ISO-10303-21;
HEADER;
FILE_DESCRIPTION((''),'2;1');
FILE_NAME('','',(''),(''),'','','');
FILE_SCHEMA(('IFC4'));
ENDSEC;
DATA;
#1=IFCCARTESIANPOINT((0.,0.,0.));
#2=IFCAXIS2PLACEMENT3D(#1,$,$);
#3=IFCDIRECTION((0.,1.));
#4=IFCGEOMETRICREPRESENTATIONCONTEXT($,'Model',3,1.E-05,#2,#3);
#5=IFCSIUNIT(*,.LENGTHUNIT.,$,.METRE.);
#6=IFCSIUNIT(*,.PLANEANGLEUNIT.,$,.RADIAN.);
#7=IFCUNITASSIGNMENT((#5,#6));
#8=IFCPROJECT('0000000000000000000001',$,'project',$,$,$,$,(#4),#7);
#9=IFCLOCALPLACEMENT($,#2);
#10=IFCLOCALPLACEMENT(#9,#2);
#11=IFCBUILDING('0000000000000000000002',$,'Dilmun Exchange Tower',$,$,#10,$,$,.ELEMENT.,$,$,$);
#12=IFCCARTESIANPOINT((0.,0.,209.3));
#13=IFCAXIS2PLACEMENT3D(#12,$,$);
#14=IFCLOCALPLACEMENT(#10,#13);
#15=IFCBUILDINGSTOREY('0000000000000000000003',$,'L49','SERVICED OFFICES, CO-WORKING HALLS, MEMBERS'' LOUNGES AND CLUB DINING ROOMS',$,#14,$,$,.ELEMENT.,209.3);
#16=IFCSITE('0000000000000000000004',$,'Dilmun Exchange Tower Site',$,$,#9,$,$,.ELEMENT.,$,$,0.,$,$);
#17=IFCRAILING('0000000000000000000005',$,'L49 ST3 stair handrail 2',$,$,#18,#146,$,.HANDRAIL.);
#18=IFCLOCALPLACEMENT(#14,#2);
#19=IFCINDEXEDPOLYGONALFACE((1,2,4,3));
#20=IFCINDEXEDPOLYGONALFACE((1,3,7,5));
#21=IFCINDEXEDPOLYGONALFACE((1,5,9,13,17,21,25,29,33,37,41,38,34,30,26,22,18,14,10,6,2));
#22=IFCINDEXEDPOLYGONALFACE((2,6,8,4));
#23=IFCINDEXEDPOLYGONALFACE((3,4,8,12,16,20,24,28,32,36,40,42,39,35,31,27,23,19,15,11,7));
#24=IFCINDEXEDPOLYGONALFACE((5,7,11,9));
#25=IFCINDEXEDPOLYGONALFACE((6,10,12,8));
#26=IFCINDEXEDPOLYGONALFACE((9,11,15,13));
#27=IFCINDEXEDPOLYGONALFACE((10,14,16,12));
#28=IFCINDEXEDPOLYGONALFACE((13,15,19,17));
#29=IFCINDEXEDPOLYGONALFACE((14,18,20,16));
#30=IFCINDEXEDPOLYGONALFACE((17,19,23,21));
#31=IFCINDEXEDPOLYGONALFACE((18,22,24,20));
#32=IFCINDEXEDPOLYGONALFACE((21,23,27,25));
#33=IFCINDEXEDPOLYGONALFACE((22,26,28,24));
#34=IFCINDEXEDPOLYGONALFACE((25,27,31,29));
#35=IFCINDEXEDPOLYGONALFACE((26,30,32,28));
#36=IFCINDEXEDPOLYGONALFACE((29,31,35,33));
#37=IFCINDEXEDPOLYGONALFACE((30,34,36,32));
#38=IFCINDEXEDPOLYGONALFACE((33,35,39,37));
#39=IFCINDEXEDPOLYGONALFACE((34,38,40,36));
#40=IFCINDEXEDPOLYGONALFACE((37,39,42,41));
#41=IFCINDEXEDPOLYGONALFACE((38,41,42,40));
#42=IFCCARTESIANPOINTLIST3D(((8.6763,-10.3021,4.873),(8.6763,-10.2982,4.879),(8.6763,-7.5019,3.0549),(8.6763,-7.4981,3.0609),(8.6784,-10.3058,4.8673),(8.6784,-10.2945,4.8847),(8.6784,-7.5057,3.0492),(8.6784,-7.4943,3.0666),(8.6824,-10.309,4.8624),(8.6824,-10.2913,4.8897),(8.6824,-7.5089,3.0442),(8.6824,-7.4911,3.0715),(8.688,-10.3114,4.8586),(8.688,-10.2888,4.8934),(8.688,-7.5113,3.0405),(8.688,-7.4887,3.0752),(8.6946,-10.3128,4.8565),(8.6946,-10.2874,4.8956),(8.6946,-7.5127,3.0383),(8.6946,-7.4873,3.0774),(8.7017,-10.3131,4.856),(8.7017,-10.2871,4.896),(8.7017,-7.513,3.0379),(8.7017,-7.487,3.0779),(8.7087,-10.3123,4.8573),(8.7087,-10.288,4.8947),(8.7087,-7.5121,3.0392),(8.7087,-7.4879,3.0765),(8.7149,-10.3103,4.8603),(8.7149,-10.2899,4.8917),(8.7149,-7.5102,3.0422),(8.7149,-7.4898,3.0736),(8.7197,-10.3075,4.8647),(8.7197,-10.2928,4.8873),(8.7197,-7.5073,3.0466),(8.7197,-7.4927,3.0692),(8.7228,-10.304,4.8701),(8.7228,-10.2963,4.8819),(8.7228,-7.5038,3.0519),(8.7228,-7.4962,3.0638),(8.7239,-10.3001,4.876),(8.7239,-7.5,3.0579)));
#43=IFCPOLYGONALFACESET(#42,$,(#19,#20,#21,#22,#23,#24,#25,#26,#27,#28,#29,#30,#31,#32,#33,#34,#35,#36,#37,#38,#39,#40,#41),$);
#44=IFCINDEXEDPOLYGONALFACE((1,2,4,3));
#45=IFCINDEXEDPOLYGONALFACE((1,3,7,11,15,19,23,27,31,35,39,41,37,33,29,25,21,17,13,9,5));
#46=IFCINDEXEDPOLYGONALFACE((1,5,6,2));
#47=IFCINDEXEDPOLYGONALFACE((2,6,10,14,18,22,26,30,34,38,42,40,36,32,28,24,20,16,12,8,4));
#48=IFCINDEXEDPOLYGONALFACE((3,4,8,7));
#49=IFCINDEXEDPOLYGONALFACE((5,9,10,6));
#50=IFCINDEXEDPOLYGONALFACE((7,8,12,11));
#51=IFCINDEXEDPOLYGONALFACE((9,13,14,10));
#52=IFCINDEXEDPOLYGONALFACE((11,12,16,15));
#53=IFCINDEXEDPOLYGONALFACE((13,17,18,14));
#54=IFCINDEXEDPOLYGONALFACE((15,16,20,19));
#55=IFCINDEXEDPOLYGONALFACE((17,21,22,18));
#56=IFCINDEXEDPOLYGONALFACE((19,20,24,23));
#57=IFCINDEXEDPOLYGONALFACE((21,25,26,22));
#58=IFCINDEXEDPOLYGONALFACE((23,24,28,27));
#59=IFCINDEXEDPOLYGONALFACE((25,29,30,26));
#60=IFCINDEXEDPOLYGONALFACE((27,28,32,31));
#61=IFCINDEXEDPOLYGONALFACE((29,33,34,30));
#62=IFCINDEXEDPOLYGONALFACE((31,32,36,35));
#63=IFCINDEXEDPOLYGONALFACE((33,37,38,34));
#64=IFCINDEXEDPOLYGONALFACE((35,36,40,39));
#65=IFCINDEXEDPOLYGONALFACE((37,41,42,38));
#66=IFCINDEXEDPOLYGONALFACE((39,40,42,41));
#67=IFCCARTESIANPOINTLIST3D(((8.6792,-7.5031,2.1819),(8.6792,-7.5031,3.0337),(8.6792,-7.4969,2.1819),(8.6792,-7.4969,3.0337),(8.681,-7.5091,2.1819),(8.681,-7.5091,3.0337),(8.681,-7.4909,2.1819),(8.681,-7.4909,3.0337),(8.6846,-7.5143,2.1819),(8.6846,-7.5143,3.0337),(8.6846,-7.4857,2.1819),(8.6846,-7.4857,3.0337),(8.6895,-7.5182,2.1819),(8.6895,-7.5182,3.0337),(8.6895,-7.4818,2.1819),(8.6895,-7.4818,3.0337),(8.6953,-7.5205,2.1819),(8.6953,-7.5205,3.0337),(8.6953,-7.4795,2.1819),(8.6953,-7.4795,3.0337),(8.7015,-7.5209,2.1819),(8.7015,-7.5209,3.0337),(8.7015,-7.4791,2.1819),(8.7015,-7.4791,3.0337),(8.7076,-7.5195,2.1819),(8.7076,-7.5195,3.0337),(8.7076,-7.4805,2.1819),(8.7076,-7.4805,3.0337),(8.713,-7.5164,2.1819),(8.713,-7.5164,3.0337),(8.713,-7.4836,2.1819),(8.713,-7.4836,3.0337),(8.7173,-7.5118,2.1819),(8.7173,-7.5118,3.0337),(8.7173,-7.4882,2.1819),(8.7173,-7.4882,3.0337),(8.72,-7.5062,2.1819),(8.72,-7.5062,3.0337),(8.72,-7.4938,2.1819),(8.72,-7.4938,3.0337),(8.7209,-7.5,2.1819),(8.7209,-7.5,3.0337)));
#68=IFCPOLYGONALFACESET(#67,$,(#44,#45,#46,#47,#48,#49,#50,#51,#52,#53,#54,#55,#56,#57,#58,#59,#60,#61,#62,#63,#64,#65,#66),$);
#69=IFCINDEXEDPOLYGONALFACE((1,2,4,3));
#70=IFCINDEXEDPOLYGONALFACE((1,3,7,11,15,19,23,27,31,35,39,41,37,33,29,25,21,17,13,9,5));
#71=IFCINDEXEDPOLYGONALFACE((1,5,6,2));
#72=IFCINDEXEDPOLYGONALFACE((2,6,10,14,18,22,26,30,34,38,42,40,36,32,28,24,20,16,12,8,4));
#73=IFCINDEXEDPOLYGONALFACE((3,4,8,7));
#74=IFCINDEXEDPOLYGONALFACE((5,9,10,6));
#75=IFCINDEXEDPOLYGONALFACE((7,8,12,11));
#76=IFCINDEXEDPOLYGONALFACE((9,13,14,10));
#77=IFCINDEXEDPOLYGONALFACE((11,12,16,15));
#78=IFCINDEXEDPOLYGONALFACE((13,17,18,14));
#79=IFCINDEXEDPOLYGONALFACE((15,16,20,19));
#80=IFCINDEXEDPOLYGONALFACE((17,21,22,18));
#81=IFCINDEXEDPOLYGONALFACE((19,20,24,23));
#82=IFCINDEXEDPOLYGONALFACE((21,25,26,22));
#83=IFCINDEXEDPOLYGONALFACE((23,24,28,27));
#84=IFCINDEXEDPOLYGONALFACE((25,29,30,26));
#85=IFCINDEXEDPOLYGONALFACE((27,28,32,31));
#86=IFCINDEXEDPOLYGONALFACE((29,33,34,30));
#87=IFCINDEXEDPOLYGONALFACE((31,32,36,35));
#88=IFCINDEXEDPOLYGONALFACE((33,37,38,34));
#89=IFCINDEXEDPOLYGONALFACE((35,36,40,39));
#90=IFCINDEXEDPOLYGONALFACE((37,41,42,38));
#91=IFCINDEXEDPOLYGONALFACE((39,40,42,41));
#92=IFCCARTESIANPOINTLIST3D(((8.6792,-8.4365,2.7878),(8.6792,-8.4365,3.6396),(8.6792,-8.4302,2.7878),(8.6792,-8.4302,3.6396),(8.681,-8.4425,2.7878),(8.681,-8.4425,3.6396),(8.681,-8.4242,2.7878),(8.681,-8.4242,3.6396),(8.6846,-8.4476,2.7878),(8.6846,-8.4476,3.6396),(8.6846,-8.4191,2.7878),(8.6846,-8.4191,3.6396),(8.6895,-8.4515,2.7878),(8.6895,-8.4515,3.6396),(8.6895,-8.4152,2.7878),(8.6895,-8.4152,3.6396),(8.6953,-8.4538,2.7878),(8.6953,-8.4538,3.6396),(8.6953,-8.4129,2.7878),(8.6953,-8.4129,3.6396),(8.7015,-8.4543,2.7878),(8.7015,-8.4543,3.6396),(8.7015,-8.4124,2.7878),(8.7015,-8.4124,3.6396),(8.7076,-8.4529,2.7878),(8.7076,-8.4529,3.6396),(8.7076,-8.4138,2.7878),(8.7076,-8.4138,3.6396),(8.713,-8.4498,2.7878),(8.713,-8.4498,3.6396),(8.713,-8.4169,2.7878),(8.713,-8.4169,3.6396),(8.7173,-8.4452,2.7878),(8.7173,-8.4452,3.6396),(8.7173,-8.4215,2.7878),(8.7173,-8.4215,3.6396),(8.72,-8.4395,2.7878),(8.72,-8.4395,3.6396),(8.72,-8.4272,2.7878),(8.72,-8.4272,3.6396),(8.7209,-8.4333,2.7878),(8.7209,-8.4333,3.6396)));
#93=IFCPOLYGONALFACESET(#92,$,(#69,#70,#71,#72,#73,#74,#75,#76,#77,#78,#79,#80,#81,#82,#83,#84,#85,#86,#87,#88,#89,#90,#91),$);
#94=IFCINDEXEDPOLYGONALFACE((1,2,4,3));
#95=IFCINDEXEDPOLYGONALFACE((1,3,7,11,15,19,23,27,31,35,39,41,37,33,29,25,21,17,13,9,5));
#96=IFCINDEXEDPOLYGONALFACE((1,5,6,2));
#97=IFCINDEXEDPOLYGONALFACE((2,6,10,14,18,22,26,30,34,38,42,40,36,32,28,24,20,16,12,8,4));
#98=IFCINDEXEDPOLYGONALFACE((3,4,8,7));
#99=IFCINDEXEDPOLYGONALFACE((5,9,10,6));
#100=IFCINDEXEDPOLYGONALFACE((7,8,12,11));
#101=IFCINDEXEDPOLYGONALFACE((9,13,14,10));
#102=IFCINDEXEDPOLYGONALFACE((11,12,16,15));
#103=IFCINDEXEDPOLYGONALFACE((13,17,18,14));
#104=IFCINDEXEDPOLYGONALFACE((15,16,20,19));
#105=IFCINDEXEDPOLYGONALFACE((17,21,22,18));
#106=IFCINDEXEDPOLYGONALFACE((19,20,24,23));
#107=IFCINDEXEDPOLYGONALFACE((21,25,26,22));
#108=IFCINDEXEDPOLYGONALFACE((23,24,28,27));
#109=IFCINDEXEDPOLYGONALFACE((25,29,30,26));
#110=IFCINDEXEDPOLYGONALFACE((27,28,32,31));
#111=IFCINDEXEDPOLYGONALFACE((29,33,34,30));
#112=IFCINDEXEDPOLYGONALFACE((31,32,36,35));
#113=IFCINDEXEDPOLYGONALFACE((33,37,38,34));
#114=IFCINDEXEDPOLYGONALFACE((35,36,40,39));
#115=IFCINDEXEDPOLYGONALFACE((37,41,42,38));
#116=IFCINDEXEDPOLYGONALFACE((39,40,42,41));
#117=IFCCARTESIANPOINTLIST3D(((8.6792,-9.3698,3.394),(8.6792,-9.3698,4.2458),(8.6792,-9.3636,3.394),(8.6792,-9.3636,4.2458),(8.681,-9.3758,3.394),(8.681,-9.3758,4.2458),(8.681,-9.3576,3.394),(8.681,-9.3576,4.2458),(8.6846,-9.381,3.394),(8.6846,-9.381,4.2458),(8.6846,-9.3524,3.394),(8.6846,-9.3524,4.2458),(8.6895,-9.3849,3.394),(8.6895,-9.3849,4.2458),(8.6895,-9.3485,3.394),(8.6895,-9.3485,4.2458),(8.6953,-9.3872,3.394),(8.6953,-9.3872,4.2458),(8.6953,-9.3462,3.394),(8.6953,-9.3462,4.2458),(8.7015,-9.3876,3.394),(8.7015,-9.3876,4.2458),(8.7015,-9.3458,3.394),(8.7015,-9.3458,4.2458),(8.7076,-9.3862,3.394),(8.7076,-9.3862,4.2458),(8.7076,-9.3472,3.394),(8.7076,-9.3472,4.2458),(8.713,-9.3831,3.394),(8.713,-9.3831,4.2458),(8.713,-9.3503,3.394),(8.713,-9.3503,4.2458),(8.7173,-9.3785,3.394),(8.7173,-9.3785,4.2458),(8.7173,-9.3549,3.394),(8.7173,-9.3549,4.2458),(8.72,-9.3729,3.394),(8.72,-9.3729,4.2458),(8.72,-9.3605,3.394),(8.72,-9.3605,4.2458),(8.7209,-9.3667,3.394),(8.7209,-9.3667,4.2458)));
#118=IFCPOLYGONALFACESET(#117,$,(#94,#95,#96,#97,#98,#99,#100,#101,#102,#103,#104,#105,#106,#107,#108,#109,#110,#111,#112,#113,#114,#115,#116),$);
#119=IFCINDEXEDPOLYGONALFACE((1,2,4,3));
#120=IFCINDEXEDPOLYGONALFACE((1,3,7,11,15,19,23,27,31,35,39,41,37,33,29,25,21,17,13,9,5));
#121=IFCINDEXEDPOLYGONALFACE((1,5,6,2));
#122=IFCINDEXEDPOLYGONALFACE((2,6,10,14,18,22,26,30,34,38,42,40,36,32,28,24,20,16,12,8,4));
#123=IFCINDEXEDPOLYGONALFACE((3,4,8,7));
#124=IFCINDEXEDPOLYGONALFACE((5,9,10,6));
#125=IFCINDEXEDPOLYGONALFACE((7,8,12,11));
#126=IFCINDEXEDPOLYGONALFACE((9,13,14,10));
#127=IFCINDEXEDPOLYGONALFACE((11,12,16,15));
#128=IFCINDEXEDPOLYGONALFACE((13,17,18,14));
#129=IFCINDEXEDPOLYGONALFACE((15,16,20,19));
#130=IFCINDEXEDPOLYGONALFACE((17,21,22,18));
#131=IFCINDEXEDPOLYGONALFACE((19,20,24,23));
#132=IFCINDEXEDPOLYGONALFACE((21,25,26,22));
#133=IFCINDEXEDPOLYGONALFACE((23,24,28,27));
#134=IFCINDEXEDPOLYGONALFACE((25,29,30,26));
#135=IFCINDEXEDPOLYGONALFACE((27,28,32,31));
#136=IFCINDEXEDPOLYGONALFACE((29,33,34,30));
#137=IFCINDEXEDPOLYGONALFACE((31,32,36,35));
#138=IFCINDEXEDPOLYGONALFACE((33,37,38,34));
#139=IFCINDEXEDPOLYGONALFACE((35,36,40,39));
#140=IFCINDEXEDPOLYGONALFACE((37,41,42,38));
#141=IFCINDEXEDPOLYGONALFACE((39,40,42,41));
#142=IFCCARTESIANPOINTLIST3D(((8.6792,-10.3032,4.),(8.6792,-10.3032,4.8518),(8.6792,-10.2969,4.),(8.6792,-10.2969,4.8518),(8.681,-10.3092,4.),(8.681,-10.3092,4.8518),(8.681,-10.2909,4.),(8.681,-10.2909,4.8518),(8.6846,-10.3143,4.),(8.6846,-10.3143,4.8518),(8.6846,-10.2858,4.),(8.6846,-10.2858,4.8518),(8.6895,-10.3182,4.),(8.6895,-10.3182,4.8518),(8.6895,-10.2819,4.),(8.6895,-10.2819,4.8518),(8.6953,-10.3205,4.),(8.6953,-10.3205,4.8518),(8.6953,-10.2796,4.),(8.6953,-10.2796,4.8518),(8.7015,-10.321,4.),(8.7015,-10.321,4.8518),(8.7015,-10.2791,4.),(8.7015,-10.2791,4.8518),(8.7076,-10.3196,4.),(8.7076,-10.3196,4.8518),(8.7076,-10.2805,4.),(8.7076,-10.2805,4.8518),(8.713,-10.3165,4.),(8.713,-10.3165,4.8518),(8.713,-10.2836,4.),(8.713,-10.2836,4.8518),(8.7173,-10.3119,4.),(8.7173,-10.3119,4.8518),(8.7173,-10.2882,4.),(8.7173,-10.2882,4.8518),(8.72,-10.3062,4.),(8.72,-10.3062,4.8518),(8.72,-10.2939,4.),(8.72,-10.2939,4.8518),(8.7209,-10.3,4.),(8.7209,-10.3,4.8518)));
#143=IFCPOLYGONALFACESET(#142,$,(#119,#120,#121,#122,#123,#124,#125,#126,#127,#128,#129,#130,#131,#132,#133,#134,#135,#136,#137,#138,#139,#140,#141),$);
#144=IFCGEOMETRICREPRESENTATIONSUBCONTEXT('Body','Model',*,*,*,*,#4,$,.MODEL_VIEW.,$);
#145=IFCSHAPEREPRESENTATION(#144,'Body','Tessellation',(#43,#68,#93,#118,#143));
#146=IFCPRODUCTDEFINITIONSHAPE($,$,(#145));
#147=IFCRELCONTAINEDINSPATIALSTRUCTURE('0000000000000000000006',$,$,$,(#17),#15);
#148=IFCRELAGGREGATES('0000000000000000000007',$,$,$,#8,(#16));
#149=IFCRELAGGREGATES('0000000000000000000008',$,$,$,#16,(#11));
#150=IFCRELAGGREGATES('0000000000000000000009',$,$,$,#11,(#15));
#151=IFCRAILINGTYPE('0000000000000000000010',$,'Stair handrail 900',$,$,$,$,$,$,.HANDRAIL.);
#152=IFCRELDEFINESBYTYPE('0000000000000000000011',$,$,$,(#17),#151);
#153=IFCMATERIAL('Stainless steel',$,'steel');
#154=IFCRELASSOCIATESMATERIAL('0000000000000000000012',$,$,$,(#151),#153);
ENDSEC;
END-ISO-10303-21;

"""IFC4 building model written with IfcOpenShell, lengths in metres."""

from ifc_helpers import new_model, si_unit, direction, frame, origin, origin_2d, place, context, subcontext, project, spatial, circle, extrude, material, type_object, element, save


model = new_model("IFC4")

# Units and contexts
model_context = context("Model", 3, precision=1e-05, world=origin(), true_north=direction((0.0, 1.0)))
body_context = subcontext(model_context, "Body", "Model", "MODEL_VIEW")
ifc_project = project(units=[si_unit("LENGTHUNIT", "METRE"), si_unit("PLANEANGLEUNIT", "RADIAN")], contexts=[model_context])

# Site, building, storey
site_placement = place(None, origin())
site = spatial("IfcSite", under=ifc_project, at=site_placement, Name="Dilmun Exchange Tower Site", CompositionType="ELEMENT", RefElevation=0.0)
building_placement = place(site_placement, origin())
building = spatial("IfcBuilding", under=site, at=building_placement, Name="Dilmun Exchange Tower", CompositionType="ELEMENT")
storey_placement = place(building_placement, frame((0.0, 0.0, 209.3)))
storey = spatial("IfcBuildingStorey", under=building, at=storey_placement, Name="L49", Description="SERVICED OFFICES, CO-WORKING HALLS, MEMBERS' LOUNGES AND CLUB DINING ROOMS", CompositionType="ELEMENT", Elevation=209.3)

# Railing
ifc_material_1 = material(Name="Stainless steel", Category="steel")
railing_type = type_object("IfcRailingType", Name="Stair handrail 900", PredefinedType="HANDRAIL", material=ifc_material_1)
railing_1_placement = place(storey_placement, frame((8.7, -7.5, 2.1819)))
element("IfcRailing", 1, at=railing_1_placement, inside=storey, type_object=railing_type, Name="L49 ST3 stair handrail 2", PredefinedType="HANDRAIL", context=body_context, shape_type="SweptSolid", body=[
    extrude(circle(Radius=0.0239, at=origin_2d()), frame((0.0, 0.0, 0.876), z_axis=(0.0, -0.838706, 0.544585), x_axis=(1.0, 0.0, 0.0)), (0.0, 0.0, 1.0), 3.3386),
    extrude(circle(Radius=0.021, at=origin_2d()), origin(), (0.0, 0.0, 1.0), 0.8518),
    extrude(circle(Radius=0.021, at=origin_2d()), frame((0.0, -0.9333, 0.606)), (0.0, 0.0, 1.0), 0.8518),
    extrude(circle(Radius=0.021, at=origin_2d()), frame((0.0, -1.8667, 1.2122)), (0.0, 0.0, 1.0), 0.8518),
    extrude(circle(Radius=0.021, at=origin_2d()), frame((0.0, -2.8, 1.8181)), (0.0, 0.0, 1.0), 0.8518),
])

save(model, "model.ifc")
